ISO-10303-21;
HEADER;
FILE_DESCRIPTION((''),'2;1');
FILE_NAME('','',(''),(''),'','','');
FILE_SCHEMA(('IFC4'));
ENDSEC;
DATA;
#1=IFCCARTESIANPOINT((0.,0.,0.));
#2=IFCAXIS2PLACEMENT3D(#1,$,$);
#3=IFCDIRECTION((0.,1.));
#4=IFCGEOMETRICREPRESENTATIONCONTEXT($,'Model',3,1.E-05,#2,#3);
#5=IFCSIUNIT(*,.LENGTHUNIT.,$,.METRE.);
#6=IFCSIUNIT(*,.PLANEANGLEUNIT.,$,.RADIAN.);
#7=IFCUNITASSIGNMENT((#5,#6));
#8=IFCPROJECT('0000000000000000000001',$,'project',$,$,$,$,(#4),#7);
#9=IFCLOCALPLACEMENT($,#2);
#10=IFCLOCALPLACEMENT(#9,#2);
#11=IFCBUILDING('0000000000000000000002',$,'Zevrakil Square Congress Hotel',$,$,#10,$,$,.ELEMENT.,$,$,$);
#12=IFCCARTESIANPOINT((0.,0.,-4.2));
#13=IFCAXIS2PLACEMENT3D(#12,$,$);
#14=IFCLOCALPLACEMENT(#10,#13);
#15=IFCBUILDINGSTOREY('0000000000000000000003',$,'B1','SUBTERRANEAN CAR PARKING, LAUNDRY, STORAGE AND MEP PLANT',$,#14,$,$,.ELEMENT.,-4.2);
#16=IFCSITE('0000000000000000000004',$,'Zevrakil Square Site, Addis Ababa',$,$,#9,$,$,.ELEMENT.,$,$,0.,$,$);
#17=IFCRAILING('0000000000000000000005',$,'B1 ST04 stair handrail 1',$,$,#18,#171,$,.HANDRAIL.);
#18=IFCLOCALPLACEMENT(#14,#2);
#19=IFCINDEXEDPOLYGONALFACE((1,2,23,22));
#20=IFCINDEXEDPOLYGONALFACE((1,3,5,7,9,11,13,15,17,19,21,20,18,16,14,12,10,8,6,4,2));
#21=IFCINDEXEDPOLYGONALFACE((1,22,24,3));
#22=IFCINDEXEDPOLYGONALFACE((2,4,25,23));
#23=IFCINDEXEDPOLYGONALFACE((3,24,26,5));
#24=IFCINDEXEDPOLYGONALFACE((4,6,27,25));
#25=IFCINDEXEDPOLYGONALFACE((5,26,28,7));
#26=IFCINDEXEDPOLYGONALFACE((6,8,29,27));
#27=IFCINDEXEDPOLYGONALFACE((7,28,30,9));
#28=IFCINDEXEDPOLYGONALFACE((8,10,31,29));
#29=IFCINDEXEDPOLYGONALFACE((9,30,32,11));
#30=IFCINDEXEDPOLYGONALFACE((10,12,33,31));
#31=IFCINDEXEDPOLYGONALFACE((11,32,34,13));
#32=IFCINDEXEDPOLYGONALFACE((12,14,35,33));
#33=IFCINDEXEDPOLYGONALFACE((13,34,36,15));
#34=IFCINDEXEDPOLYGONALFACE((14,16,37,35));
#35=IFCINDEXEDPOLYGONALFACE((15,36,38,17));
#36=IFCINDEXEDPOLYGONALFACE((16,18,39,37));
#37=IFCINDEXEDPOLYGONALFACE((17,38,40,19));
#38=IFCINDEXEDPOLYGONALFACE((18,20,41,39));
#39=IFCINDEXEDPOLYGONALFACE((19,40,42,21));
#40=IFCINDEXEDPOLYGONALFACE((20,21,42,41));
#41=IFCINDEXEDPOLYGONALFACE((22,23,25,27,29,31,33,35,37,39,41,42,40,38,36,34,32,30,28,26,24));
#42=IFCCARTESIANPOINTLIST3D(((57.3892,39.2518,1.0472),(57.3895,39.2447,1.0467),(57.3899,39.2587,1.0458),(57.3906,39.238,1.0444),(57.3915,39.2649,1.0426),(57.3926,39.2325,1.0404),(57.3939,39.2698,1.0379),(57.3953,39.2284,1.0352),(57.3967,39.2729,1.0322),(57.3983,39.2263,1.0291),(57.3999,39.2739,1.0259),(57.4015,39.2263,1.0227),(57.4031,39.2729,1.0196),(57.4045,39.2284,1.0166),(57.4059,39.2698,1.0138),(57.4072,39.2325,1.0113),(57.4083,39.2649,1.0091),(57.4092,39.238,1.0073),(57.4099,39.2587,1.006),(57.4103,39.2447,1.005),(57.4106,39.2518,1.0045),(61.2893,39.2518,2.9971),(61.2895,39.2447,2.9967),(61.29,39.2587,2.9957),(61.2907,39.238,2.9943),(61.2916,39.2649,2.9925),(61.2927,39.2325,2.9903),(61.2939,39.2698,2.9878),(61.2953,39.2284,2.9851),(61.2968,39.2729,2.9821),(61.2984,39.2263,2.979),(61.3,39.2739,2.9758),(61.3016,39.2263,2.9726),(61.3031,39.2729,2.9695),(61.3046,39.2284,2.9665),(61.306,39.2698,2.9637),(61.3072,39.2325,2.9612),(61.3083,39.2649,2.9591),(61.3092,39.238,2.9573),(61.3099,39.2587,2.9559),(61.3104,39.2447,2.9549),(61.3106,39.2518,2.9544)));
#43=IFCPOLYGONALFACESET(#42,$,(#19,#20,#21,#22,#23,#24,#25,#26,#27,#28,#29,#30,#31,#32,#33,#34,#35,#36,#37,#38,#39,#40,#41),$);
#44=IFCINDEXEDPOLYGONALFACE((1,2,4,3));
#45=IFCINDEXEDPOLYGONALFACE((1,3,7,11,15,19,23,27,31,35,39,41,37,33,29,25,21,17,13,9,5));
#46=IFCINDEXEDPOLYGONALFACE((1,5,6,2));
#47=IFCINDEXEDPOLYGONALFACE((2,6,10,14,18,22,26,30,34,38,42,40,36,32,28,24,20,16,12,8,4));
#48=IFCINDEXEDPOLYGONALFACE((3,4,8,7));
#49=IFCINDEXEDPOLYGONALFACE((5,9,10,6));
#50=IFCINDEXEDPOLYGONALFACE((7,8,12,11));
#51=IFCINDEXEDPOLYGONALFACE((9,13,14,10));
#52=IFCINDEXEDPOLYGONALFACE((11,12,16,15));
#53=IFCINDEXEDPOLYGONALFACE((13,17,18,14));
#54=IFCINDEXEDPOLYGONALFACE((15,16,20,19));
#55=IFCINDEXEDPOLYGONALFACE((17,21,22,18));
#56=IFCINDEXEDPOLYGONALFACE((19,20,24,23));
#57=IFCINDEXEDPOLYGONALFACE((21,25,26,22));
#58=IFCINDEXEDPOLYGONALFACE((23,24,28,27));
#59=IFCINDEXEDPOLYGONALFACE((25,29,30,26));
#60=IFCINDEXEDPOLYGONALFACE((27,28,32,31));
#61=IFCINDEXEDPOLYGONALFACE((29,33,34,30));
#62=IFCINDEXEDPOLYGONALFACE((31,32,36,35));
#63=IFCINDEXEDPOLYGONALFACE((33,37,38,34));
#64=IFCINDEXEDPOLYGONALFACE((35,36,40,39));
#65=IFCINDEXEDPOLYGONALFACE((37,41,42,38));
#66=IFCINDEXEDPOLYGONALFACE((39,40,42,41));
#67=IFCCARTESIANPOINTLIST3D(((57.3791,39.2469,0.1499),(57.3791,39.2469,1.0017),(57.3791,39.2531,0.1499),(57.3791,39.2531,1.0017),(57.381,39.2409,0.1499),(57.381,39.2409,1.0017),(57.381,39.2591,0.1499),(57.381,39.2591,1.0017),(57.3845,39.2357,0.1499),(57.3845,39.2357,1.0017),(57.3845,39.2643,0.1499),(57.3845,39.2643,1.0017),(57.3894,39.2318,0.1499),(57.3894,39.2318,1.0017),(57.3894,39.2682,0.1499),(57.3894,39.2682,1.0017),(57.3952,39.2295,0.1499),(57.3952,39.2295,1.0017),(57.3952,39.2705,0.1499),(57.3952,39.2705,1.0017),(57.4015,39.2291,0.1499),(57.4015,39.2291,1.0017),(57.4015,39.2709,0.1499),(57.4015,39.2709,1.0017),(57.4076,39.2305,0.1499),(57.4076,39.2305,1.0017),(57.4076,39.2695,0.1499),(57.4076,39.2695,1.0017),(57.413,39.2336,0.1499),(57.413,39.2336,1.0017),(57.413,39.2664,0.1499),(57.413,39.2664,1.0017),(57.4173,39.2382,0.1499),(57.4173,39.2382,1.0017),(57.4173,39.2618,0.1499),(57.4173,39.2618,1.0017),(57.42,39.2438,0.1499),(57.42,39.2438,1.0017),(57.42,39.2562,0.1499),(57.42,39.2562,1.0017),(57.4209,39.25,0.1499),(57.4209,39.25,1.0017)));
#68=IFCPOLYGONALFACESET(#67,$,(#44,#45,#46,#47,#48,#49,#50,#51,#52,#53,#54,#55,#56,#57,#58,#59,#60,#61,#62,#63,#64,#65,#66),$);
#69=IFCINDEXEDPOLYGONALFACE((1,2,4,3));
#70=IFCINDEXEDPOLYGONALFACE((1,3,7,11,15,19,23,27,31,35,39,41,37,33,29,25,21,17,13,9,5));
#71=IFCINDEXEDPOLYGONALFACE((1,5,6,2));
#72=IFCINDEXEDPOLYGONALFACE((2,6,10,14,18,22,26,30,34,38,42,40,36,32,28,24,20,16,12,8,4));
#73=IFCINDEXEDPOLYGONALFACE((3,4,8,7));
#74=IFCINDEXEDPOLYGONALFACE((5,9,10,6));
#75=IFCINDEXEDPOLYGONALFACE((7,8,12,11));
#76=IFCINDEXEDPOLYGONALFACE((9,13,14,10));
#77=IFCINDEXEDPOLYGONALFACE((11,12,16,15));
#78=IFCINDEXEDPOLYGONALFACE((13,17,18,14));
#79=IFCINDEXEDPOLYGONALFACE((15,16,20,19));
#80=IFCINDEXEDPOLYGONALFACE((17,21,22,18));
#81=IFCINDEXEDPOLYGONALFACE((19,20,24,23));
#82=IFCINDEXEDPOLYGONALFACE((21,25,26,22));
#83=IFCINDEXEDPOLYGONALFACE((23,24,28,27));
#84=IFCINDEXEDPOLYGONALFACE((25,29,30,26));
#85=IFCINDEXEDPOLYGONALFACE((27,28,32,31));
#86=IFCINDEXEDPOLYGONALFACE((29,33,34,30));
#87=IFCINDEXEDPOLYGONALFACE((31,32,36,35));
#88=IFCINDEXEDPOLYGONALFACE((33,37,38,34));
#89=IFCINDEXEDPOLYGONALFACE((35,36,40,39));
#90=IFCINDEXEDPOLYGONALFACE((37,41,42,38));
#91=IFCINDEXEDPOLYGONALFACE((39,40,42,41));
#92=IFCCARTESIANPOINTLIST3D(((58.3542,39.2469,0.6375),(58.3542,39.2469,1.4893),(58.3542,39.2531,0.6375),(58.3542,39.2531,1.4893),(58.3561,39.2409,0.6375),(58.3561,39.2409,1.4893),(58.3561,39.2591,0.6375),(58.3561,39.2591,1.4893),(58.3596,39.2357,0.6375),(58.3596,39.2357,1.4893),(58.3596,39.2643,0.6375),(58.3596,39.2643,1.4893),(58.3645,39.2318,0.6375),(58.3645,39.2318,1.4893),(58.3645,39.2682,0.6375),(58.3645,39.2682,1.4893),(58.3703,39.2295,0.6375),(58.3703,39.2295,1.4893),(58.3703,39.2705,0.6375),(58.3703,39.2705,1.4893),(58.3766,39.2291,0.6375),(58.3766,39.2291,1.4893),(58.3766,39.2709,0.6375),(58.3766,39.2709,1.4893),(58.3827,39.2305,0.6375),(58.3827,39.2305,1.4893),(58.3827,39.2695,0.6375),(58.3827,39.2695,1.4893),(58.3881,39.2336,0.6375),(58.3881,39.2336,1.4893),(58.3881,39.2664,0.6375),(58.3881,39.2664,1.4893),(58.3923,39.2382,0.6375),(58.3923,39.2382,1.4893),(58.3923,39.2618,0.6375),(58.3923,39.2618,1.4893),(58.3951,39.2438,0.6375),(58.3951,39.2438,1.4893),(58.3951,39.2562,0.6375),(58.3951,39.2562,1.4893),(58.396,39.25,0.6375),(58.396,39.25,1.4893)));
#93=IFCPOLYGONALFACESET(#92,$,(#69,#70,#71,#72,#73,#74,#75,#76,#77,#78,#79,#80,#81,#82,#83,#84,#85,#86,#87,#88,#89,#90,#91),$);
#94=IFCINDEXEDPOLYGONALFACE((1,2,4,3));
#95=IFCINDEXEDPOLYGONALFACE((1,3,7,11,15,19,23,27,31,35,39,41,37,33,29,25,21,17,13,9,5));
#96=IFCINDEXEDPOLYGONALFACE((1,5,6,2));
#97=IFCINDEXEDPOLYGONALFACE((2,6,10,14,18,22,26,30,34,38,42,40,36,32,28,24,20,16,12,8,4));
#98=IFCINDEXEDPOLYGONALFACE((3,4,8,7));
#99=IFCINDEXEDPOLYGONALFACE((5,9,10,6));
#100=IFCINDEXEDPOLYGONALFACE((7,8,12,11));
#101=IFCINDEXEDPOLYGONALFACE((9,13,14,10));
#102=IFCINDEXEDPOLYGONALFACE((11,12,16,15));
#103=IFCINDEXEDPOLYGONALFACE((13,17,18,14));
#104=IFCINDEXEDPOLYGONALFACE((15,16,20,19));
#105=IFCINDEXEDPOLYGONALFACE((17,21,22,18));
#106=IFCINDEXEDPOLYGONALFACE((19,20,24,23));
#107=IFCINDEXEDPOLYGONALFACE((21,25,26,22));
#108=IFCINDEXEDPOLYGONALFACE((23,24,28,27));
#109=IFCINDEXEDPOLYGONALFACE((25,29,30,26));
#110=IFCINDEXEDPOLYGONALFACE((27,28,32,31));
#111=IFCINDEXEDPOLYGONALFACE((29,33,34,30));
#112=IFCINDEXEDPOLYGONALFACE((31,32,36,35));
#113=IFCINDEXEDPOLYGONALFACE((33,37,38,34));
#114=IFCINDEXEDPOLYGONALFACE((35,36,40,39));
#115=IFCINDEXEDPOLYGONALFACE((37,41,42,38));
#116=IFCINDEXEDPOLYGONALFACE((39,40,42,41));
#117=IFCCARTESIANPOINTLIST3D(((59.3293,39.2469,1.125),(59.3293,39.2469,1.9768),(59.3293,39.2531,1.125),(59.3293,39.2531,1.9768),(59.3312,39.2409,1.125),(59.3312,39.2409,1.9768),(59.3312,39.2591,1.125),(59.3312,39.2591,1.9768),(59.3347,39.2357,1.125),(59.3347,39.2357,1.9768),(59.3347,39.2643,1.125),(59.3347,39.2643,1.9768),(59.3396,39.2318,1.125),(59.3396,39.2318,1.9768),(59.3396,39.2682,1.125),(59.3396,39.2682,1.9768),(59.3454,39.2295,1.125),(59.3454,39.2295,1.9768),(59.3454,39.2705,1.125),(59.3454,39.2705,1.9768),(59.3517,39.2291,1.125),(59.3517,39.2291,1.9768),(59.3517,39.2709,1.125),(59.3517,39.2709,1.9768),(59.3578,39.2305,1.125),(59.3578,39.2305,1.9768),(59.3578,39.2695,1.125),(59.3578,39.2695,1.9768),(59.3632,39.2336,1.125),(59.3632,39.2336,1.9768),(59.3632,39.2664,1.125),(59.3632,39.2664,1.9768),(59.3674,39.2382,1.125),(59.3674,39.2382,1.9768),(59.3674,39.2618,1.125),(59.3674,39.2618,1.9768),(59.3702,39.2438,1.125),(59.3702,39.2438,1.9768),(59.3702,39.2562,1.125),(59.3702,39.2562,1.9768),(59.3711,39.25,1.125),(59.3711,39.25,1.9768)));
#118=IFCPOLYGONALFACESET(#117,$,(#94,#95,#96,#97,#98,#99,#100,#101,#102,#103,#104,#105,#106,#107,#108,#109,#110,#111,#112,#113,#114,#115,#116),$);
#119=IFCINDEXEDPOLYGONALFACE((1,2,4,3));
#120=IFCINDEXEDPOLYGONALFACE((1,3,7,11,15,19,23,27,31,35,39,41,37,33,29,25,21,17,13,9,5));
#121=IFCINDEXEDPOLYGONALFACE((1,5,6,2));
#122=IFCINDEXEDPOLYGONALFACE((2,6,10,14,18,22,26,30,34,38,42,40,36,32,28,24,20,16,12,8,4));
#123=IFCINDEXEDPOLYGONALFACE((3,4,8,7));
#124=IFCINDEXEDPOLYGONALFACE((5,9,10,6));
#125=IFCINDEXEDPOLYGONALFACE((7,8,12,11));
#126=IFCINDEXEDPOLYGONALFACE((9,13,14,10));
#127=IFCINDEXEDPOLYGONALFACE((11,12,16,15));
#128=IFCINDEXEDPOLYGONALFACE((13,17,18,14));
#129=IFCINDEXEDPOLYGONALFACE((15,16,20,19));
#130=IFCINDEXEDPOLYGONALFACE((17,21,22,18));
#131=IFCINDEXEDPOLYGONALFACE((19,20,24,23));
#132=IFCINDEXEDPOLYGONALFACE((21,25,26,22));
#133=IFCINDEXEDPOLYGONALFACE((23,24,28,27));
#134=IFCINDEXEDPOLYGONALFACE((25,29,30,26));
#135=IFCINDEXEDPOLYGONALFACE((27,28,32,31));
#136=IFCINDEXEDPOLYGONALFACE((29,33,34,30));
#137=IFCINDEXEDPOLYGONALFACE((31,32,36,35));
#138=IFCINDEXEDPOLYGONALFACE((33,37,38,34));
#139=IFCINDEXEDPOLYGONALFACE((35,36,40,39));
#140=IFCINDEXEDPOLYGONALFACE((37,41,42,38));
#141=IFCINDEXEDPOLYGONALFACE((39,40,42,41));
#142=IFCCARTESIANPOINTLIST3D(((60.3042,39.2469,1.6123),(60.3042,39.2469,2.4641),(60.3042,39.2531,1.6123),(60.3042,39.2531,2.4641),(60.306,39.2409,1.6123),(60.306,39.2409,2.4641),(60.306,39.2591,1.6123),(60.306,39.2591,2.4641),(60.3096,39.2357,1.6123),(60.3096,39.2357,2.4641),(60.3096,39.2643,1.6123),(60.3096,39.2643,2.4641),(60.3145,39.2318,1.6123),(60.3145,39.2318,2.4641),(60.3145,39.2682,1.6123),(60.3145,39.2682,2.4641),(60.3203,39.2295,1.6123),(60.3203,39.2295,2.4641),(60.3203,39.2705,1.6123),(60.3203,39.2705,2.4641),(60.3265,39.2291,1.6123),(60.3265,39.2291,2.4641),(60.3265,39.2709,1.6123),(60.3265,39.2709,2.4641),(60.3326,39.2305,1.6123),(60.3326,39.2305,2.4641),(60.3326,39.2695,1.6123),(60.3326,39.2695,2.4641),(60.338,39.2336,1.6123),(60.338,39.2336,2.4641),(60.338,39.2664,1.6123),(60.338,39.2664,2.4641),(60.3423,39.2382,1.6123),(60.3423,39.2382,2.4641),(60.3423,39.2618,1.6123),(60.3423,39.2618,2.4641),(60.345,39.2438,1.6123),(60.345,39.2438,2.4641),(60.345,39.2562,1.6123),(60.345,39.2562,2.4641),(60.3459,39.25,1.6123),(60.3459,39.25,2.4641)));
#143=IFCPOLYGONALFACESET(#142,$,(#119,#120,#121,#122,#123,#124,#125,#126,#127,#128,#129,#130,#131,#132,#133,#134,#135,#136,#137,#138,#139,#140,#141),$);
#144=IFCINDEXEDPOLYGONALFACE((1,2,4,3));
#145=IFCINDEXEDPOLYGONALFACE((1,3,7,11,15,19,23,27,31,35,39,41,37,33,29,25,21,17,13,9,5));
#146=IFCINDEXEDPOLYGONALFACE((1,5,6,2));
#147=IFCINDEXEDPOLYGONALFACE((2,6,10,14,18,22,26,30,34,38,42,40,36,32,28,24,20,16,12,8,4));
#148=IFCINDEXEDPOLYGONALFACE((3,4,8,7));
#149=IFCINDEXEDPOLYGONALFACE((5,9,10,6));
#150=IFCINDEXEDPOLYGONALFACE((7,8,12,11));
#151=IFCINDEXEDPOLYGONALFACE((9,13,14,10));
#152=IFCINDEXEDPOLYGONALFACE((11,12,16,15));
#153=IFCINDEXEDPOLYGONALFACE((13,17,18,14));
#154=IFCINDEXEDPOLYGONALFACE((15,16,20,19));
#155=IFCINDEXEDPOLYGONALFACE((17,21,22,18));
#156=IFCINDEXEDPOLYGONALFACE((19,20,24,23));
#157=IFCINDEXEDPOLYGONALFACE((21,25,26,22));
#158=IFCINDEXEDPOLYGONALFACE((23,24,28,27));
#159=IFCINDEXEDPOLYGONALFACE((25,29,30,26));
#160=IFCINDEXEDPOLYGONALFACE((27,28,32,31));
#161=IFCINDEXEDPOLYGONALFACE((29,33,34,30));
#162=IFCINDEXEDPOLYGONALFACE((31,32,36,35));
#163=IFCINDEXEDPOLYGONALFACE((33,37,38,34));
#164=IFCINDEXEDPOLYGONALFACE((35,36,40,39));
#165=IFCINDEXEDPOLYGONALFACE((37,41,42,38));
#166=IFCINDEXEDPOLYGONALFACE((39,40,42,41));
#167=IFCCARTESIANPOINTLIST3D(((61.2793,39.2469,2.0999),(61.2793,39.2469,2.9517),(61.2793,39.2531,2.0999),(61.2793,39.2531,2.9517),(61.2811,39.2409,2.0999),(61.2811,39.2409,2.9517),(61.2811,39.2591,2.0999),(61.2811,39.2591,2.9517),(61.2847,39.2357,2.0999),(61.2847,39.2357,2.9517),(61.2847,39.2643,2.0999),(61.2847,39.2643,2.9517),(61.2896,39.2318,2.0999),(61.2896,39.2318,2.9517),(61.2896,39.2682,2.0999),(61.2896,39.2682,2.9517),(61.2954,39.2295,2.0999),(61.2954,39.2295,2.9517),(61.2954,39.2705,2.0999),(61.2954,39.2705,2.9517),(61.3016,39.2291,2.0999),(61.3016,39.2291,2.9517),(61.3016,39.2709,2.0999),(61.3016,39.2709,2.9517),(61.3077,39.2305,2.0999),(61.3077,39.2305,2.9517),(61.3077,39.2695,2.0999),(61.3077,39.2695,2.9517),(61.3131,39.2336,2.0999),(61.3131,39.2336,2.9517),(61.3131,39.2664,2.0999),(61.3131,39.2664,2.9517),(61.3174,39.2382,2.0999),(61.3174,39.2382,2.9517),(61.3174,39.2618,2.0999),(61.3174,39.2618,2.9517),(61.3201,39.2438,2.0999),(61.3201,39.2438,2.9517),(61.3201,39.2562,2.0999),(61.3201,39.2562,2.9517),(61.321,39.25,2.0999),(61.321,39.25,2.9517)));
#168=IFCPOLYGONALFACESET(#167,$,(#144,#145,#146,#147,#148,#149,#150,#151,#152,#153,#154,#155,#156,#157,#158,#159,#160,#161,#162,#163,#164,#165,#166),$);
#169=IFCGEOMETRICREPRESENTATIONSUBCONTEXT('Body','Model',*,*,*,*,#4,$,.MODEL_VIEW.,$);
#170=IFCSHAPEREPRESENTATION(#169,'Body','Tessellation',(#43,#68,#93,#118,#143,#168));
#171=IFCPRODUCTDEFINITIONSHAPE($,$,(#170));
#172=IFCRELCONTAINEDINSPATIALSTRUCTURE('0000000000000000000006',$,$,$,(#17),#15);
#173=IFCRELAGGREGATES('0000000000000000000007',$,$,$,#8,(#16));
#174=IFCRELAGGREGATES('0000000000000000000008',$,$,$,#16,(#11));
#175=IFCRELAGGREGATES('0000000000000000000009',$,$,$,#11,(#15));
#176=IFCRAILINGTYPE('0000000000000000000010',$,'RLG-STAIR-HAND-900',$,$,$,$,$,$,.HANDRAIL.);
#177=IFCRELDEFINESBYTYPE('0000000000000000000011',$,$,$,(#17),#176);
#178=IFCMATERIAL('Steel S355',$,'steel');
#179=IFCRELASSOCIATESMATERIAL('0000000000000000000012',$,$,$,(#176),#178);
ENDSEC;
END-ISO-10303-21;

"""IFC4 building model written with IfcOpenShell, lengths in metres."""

from ifc_helpers import new_model, si_unit, direction, frame, origin, origin_2d, place, context, subcontext, project, spatial, circle, extrude, material, type_object, element, save


model = new_model("IFC4")

# Units and contexts
model_context = context("Model", 3, precision=1e-05, world=origin(), true_north=direction((0.0, 1.0)))
body_context = subcontext(model_context, "Body", "Model", "MODEL_VIEW")
ifc_project = project(units=[si_unit("LENGTHUNIT", "METRE"), si_unit("PLANEANGLEUNIT", "RADIAN")], contexts=[model_context])

# Site, building, storey
site_placement = place(None, origin())
site = spatial("IfcSite", under=ifc_project, at=site_placement, Name="Zevrakil Square Site, Addis Ababa", CompositionType="ELEMENT", RefElevation=0.0)
building_placement = place(site_placement, origin())
building = spatial("IfcBuilding", under=site, at=building_placement, Name="Zevrakil Square Congress Hotel", CompositionType="ELEMENT")
storey_placement = place(building_placement, frame((0.0, 0.0, -4.2)))
storey = spatial("IfcBuildingStorey", under=building, at=storey_placement, Name="B1", Description="SUBTERRANEAN CAR PARKING, LAUNDRY, STORAGE AND MEP PLANT", CompositionType="ELEMENT", Elevation=-4.2)

# Railing
ifc_material_1 = material(Name="Steel S355", Category="steel")
railing_type_1 = type_object("IfcRailingType", Name="RLG-STAIR-HAND-900", PredefinedType="HANDRAIL", material=ifc_material_1)
railing_1_placement = place(storey_placement, frame((57.3999, 39.25, 0.1499)))
element("IfcRailing", 1, at=railing_1_placement, inside=storey, type_object=railing_type_1, Name="B1 ST04 stair handrail 1", PredefinedType="HANDRAIL", context=body_context, shape_type="SweptSolid", body=[
    extrude(circle(Radius=0.0239, at=origin_2d()), frame((0.0, 0.0, 0.876), z_axis=(0.894438, 0.0, 0.447191), x_axis=(0.0, 1.0, 0.0)), (0.0, 0.0, 1.0), 4.3604),
    extrude(circle(Radius=0.021, at=origin_2d()), origin(), (0.0, 0.0, 1.0), 0.8518),
    extrude(circle(Radius=0.021, at=origin_2d()), frame((0.9751, 0.0, 0.4875)), (0.0, 0.0, 1.0), 0.8518),
    extrude(circle(Radius=0.021, at=origin_2d()), frame((1.9502, 0.0, 0.9751)), (0.0, 0.0, 1.0), 0.8518),
    extrude(circle(Radius=0.021, at=origin_2d()), frame((2.925, 0.0, 1.4624)), (0.0, 0.0, 1.0), 0.8518),
    extrude(circle(Radius=0.021, at=origin_2d()), frame((3.9001, 0.0, 1.95)), (0.0, 0.0, 1.0), 0.8518),
])

save(model, "model.ifc")
